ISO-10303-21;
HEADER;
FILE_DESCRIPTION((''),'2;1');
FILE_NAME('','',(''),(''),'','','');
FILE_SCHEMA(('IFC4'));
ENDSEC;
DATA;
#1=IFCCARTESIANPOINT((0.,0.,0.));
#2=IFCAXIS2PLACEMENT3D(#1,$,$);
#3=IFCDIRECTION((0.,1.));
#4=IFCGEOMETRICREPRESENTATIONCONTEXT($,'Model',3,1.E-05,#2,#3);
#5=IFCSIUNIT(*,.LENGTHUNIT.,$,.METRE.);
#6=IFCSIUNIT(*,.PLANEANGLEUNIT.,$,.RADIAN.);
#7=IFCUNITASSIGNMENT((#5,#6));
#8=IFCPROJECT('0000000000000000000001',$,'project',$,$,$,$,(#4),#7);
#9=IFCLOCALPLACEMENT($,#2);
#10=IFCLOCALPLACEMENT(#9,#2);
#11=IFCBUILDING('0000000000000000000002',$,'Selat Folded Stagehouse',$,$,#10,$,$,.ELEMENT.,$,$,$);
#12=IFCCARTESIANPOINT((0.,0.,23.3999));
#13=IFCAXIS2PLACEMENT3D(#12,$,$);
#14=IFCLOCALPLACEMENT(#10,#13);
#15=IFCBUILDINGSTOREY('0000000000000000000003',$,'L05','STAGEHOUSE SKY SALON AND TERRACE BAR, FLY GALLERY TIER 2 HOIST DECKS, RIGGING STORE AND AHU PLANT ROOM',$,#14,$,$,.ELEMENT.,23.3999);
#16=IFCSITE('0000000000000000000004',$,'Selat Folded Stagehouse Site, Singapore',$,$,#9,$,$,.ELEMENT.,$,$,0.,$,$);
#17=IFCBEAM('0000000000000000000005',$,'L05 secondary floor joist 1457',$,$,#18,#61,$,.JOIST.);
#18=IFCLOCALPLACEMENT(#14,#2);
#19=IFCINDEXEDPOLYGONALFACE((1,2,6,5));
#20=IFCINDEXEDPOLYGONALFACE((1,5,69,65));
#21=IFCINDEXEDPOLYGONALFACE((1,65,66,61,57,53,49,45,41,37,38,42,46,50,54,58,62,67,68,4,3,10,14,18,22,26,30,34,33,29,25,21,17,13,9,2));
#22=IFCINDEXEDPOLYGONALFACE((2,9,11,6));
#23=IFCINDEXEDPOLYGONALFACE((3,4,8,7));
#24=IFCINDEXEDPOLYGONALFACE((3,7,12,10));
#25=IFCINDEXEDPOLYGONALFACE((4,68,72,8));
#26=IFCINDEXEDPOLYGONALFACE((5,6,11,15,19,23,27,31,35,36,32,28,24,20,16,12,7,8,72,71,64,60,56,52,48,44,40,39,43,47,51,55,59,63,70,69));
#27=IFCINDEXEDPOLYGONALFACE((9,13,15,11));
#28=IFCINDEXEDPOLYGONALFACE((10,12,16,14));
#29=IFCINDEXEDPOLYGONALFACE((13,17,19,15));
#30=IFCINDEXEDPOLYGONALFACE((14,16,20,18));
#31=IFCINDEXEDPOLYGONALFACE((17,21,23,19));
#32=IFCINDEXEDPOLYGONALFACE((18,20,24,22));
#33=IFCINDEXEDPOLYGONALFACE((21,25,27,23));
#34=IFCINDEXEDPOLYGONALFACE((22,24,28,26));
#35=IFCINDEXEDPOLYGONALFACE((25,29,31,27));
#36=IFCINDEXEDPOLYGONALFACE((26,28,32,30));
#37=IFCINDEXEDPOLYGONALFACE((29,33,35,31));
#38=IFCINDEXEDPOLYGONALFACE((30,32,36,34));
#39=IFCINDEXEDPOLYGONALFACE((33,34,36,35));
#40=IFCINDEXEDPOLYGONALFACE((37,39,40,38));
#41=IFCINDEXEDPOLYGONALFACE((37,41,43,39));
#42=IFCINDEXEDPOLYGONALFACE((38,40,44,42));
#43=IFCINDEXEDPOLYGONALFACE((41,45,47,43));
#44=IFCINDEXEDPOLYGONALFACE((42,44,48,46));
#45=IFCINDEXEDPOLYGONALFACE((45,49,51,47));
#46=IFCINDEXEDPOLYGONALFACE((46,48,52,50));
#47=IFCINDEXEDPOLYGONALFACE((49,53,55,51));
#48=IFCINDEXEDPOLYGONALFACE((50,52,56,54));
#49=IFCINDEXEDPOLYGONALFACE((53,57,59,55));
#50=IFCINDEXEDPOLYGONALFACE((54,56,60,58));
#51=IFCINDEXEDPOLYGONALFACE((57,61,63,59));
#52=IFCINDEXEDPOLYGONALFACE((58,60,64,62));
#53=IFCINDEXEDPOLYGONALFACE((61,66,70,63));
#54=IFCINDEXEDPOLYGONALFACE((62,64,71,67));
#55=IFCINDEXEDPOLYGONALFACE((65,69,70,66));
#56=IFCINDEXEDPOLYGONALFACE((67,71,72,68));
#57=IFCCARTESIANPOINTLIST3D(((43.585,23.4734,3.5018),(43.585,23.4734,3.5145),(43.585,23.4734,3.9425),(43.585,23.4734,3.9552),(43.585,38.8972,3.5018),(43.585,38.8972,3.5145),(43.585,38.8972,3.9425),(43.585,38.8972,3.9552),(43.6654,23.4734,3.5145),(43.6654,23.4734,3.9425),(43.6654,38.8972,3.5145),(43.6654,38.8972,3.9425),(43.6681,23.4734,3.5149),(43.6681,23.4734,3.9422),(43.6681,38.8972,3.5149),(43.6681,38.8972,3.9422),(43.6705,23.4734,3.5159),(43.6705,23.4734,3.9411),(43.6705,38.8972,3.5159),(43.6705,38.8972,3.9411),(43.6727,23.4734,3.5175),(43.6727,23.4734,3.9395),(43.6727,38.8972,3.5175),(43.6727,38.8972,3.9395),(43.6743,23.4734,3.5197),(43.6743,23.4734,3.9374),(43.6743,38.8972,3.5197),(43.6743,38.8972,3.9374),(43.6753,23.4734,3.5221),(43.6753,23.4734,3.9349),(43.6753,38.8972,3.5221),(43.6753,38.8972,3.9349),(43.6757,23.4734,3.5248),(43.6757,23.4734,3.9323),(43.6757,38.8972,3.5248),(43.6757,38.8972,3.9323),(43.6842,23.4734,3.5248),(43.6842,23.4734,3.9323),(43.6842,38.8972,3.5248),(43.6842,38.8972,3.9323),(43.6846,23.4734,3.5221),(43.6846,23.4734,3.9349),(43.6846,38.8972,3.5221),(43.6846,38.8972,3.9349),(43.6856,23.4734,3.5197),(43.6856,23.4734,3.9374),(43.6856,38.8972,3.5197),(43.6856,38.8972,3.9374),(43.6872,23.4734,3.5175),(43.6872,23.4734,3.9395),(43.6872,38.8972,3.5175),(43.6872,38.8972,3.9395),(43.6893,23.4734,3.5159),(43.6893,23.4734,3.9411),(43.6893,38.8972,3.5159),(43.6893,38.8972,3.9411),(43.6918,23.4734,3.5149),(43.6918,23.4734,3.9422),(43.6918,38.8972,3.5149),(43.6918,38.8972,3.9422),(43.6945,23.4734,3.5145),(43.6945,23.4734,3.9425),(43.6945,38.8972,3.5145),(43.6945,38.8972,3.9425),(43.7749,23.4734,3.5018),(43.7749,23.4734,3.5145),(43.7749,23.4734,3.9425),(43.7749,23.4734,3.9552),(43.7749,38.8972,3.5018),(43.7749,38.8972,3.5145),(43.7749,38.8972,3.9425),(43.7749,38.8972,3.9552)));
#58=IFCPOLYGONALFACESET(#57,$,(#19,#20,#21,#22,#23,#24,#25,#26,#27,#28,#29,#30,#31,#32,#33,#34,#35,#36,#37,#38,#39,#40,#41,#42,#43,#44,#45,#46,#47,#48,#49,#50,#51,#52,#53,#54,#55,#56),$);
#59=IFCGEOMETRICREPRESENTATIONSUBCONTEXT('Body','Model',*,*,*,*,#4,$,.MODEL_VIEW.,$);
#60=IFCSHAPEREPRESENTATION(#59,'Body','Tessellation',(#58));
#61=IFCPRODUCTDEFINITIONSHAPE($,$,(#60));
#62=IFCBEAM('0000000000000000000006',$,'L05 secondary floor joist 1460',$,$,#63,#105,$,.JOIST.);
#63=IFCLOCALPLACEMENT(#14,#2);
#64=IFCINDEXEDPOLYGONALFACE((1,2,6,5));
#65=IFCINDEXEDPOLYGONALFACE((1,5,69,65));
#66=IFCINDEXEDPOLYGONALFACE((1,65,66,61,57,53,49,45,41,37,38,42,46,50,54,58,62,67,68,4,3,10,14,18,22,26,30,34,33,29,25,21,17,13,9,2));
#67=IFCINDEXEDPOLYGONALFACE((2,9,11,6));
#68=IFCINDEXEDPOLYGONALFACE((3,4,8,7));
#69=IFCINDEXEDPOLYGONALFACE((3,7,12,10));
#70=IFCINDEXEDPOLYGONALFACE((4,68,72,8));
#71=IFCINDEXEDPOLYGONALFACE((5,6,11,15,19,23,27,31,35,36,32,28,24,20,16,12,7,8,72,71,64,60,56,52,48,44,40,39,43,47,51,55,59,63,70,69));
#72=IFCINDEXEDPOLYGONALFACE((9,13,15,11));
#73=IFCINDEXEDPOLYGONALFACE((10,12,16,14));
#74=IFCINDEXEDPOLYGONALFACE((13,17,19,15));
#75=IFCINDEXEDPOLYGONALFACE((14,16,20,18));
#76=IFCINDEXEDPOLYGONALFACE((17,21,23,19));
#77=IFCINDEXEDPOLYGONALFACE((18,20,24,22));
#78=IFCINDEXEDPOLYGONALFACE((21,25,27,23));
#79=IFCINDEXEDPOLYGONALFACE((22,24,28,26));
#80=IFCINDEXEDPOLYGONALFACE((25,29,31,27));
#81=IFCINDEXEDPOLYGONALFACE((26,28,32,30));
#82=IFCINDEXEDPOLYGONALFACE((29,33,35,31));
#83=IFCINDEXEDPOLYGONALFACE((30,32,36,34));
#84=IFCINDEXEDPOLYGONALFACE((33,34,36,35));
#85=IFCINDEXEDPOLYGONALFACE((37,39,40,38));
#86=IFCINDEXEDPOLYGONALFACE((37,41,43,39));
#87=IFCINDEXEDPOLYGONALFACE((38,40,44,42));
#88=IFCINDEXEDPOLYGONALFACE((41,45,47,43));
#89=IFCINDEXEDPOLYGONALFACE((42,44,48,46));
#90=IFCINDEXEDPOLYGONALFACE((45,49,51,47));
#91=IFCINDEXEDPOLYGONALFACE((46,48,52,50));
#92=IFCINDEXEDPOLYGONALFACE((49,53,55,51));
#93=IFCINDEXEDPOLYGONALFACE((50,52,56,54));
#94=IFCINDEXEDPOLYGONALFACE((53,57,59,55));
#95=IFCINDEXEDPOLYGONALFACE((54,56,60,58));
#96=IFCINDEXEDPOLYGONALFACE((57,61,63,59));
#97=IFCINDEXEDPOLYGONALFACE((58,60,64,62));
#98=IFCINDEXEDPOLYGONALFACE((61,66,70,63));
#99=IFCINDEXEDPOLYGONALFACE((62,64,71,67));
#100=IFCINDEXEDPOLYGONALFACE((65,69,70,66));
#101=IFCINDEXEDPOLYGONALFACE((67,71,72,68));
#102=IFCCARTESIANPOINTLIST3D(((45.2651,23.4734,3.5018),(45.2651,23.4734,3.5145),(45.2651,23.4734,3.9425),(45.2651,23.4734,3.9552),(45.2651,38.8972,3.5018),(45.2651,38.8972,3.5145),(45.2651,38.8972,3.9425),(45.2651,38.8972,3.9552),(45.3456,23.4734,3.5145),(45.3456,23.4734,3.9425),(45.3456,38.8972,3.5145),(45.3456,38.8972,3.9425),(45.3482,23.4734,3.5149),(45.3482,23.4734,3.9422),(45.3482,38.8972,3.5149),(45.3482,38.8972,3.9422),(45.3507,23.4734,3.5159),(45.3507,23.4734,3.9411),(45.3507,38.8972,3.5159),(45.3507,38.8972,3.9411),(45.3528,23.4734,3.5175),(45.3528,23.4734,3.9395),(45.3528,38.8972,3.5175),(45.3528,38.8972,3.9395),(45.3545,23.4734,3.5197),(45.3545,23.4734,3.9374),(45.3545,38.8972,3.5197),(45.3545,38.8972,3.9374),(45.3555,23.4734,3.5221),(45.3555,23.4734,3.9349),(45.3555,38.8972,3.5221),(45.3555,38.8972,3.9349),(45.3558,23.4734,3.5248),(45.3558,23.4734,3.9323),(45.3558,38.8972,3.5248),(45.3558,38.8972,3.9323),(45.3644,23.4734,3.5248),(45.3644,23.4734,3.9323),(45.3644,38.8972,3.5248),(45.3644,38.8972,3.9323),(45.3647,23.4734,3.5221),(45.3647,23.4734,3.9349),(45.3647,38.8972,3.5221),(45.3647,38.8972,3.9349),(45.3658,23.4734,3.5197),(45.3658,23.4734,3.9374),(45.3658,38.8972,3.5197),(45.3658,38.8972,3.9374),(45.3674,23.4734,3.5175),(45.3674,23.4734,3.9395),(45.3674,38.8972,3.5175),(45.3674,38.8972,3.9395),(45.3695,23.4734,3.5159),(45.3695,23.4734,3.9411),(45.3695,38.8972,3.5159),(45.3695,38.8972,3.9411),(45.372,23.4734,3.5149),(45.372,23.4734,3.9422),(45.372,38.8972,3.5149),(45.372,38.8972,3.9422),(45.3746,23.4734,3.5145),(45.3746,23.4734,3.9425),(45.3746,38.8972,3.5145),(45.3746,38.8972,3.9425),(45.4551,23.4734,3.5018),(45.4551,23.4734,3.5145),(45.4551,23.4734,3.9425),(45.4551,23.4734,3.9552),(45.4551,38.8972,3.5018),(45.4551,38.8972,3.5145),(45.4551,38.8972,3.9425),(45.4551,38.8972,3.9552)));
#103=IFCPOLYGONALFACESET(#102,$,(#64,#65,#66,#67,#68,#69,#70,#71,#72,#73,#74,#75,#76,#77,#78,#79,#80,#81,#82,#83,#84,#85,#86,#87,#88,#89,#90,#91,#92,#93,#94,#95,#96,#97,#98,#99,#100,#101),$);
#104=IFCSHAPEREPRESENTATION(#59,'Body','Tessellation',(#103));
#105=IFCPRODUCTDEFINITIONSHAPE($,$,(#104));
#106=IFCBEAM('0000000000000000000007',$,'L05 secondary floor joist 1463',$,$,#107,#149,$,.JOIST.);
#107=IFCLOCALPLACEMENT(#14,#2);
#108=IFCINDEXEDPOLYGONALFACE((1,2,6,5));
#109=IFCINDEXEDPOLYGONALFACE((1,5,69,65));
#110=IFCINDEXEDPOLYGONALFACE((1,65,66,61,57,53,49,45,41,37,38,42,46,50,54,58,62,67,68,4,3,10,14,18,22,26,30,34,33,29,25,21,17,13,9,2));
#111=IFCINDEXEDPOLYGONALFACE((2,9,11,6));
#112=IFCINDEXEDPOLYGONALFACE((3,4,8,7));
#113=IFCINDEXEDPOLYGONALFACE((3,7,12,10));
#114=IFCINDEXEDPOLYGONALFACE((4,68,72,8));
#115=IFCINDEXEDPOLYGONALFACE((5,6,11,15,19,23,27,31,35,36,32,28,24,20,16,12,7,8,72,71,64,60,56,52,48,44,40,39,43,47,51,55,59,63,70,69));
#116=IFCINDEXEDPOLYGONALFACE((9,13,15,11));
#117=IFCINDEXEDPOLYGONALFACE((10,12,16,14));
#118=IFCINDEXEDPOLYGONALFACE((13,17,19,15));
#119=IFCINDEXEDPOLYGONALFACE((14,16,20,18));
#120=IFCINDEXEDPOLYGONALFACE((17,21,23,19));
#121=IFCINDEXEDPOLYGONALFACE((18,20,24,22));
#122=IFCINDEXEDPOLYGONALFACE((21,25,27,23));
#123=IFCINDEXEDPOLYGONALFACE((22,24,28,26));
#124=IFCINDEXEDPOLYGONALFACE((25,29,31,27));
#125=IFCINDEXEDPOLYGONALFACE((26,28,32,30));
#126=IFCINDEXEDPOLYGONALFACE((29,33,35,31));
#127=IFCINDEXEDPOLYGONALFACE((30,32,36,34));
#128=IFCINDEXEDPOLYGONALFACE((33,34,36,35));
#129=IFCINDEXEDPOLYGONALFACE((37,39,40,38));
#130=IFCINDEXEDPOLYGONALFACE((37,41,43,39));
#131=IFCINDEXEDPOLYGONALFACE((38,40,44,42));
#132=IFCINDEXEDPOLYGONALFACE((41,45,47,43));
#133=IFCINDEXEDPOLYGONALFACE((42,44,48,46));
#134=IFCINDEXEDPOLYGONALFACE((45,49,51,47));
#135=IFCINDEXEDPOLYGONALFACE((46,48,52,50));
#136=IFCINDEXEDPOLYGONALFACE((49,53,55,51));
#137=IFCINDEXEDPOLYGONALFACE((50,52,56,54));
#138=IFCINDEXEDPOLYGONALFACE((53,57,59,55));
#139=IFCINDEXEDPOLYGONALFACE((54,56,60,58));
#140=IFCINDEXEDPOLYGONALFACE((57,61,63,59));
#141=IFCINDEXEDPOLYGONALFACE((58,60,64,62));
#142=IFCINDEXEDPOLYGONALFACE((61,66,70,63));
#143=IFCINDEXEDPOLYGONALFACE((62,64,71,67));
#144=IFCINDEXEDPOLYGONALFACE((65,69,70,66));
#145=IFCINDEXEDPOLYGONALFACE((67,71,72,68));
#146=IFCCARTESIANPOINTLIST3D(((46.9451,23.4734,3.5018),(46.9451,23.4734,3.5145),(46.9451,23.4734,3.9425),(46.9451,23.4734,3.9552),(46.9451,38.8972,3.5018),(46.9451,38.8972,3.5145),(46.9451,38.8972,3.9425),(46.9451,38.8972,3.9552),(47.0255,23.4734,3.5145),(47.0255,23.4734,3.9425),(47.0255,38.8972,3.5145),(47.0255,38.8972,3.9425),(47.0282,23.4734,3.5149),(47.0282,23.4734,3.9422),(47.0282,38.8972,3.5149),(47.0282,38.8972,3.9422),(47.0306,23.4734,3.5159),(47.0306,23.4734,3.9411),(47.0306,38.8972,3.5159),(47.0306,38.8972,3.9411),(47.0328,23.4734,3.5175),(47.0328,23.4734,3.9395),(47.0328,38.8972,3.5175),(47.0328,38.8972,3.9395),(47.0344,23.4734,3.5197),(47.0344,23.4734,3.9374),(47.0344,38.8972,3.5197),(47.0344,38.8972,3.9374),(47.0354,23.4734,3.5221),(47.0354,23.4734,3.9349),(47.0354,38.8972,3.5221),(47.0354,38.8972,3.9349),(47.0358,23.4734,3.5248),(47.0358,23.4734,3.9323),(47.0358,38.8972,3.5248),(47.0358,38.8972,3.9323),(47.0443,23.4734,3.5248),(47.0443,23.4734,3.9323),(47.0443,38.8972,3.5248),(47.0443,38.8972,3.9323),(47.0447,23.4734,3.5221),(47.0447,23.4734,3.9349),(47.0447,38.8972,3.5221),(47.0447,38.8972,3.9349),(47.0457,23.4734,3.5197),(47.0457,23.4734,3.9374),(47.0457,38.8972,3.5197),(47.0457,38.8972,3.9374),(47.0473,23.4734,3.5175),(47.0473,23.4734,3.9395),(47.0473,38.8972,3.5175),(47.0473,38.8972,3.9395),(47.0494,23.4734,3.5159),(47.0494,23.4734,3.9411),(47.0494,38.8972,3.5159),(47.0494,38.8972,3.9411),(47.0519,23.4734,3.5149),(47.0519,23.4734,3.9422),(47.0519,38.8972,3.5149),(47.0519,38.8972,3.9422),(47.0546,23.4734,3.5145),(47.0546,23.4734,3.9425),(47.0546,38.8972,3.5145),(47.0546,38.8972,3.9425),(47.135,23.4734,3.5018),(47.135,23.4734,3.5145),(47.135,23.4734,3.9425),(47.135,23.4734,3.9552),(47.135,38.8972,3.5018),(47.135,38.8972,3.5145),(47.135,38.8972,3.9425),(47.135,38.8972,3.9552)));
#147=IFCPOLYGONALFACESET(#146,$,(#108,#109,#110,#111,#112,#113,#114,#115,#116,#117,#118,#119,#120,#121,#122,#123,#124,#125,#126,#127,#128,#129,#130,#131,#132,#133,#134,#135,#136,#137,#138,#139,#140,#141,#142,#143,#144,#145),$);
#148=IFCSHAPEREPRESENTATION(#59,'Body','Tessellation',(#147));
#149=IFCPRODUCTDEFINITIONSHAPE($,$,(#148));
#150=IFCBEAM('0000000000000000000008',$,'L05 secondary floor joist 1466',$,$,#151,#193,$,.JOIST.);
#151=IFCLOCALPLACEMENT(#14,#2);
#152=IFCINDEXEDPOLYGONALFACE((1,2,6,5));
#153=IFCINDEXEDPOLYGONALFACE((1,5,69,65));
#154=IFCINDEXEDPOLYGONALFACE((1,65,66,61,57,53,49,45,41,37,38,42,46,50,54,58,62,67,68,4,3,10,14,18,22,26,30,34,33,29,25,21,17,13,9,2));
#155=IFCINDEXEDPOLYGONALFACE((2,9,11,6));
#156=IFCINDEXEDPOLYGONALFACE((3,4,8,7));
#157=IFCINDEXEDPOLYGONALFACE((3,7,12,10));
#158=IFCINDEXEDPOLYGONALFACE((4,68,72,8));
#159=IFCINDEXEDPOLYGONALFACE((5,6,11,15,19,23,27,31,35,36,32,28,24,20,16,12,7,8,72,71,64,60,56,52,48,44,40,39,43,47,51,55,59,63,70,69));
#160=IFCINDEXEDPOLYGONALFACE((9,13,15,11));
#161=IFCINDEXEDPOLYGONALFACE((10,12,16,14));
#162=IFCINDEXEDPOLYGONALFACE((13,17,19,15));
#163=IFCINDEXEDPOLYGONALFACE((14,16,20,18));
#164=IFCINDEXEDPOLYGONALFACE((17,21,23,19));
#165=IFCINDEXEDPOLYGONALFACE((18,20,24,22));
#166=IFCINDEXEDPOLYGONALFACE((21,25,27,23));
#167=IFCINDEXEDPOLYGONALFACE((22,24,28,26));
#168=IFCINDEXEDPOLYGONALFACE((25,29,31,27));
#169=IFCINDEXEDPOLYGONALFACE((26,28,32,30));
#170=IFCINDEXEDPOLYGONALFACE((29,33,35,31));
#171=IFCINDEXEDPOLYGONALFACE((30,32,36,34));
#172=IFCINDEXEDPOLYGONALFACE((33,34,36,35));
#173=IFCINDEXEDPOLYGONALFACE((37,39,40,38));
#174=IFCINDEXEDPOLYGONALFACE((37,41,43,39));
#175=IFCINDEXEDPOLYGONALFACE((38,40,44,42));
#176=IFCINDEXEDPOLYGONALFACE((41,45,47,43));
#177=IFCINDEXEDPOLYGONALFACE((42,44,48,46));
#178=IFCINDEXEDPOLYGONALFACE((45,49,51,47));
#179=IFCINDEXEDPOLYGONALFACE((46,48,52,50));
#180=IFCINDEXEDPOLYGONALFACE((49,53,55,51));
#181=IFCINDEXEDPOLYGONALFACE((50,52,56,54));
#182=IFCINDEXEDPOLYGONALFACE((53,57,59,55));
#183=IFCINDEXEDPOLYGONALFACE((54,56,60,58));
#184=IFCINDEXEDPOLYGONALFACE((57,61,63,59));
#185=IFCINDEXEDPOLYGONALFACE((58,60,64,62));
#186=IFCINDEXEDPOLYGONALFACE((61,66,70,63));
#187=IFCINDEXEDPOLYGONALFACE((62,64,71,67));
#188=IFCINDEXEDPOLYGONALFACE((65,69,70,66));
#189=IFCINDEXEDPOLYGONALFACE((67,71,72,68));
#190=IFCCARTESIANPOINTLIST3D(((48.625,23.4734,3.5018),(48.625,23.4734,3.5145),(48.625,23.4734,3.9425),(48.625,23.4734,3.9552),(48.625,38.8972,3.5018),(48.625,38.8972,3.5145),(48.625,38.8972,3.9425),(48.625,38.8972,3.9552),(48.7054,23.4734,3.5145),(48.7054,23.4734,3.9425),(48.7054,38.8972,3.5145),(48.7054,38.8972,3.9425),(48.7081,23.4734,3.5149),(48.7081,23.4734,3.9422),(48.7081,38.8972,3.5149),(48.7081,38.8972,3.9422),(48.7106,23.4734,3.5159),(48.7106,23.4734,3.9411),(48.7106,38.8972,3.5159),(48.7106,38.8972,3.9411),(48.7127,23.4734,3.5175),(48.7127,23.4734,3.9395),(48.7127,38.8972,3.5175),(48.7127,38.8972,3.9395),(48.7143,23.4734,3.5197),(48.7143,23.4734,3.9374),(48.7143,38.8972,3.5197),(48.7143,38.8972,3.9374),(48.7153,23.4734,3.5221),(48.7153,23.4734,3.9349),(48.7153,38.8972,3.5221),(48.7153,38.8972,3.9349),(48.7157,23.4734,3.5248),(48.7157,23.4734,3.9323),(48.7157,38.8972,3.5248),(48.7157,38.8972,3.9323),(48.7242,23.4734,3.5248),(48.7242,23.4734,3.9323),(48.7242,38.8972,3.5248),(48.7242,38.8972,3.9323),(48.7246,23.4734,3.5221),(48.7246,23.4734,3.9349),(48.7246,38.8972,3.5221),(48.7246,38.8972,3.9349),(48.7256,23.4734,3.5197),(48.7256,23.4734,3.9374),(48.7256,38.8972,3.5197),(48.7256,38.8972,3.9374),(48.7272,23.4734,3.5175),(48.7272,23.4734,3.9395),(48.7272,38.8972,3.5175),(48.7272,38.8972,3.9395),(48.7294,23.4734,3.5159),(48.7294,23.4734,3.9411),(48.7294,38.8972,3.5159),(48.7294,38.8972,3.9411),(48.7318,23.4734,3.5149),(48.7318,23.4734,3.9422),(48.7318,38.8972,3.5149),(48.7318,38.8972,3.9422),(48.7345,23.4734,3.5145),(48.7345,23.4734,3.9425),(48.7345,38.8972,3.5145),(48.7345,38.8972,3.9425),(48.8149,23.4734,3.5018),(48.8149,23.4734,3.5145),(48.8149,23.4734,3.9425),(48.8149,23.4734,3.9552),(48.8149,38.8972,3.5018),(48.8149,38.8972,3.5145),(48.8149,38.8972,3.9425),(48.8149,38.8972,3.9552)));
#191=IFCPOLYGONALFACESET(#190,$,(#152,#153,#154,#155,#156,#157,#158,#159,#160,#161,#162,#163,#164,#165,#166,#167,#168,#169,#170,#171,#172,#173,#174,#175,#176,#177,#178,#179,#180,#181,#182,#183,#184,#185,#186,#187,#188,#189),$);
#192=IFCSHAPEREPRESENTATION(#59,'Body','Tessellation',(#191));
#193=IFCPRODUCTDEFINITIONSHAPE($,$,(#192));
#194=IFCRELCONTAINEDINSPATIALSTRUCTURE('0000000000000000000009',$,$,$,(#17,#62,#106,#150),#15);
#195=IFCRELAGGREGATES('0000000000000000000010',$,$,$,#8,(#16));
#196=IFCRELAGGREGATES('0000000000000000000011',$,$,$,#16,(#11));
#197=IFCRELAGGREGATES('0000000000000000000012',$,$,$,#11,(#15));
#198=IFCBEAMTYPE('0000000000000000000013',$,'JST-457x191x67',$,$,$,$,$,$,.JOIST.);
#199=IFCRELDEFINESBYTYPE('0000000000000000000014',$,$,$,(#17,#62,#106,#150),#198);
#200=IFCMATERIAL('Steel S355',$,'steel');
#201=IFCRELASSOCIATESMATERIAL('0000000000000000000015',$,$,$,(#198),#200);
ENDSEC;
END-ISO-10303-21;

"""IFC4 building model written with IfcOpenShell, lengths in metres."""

from ifc_helpers import new_model, si_unit, direction, frame, origin, origin_2d, place, context, subcontext, project, spatial, i_section, extrude, material, material_profile, profile_set, type_object, element, save


model = new_model("IFC4")

# Units and contexts
model_context = context("Model", 3, precision=1e-05, world=origin(), true_north=direction((0.0, 1.0)))
body_context = subcontext(model_context, "Body", "Model", "MODEL_VIEW")
ifc_project = project(units=[si_unit("LENGTHUNIT", "METRE"), si_unit("PLANEANGLEUNIT", "RADIAN")], contexts=[model_context])

# Site, building, storey
site_placement = place(None, origin())
site = spatial("IfcSite", under=ifc_project, at=site_placement, Name="Selat Folded Stagehouse Site, Singapore", CompositionType="ELEMENT", RefElevation=0.0)
building_placement = place(site_placement, origin())
building = spatial("IfcBuilding", under=site, at=building_placement, Name="Selat Folded Stagehouse", CompositionType="ELEMENT")
storey_placement = place(building_placement, frame((0.0, 0.0, 23.3999)))
storey = spatial("IfcBuildingStorey", under=building, at=storey_placement, Name="L05", Description="STAGEHOUSE SKY SALON AND TERRACE BAR, FLY GALLERY TIER 2 HOIST DECKS, RIGGING STORE AND AHU PLANT ROOM", CompositionType="ELEMENT", Elevation=23.3999)

# Shared definitions
ifc_material_1 = material(Name="Steel S355", Category="steel")

# Beams
ifc_material_profile_1 = material_profile(ifc_material_1, i_section(OverallWidth=0.1899, OverallDepth=0.4534, WebThickness=0.0085, FlangeThickness=0.0127, FilletRadius=0.0103, at=origin_2d()), Name="UKB 457x191x67")
ifc_profile_set_1 = profile_set([ifc_material_profile_1], Name="Steel S355")
beam_type_1 = type_object("IfcBeamType", Name="JST-457x191x67", PredefinedType="JOIST", material=ifc_profile_set_1)
for number, where, z_axis, x_axis, name in (
    (1, (43.6799, 23.4734, 3.7285), (0.0, 1.0, 0.0), (-1.0, 0.0, 0.0), "L05 secondary floor joist 1457"),
    (2, (45.3601, 23.4734, 3.7285), (0.0, 1.0, 0.0), (-1.0, 0.0, 0.0), "L05 secondary floor joist 1460"),
    (3, (47.04, 23.4734, 3.7285), (0.0, 1.0, 0.0), (-1.0, 0.0, 0.0), "L05 secondary floor joist 1463"),
    (4, (48.72, 23.4734, 3.7285), (0.0, 1.0, 0.0), (-1.0, 0.0, 0.0), "L05 secondary floor joist 1466"),
):
    element("IfcBeam", number, at=place(storey_placement, frame(where, z_axis=z_axis, x_axis=x_axis)), inside=storey, type_object=beam_type_1, Name=name, PredefinedType="JOIST", context=body_context, shape_type="SweptSolid", body=[
        extrude(i_section(OverallWidth=0.1899, OverallDepth=0.4534, WebThickness=0.0085, FlangeThickness=0.0127, FilletRadius=0.0103, at=origin_2d()), origin(), (0.0, 0.0, 1.0), 15.4238),
    ])

save(model, "model.ifc")
